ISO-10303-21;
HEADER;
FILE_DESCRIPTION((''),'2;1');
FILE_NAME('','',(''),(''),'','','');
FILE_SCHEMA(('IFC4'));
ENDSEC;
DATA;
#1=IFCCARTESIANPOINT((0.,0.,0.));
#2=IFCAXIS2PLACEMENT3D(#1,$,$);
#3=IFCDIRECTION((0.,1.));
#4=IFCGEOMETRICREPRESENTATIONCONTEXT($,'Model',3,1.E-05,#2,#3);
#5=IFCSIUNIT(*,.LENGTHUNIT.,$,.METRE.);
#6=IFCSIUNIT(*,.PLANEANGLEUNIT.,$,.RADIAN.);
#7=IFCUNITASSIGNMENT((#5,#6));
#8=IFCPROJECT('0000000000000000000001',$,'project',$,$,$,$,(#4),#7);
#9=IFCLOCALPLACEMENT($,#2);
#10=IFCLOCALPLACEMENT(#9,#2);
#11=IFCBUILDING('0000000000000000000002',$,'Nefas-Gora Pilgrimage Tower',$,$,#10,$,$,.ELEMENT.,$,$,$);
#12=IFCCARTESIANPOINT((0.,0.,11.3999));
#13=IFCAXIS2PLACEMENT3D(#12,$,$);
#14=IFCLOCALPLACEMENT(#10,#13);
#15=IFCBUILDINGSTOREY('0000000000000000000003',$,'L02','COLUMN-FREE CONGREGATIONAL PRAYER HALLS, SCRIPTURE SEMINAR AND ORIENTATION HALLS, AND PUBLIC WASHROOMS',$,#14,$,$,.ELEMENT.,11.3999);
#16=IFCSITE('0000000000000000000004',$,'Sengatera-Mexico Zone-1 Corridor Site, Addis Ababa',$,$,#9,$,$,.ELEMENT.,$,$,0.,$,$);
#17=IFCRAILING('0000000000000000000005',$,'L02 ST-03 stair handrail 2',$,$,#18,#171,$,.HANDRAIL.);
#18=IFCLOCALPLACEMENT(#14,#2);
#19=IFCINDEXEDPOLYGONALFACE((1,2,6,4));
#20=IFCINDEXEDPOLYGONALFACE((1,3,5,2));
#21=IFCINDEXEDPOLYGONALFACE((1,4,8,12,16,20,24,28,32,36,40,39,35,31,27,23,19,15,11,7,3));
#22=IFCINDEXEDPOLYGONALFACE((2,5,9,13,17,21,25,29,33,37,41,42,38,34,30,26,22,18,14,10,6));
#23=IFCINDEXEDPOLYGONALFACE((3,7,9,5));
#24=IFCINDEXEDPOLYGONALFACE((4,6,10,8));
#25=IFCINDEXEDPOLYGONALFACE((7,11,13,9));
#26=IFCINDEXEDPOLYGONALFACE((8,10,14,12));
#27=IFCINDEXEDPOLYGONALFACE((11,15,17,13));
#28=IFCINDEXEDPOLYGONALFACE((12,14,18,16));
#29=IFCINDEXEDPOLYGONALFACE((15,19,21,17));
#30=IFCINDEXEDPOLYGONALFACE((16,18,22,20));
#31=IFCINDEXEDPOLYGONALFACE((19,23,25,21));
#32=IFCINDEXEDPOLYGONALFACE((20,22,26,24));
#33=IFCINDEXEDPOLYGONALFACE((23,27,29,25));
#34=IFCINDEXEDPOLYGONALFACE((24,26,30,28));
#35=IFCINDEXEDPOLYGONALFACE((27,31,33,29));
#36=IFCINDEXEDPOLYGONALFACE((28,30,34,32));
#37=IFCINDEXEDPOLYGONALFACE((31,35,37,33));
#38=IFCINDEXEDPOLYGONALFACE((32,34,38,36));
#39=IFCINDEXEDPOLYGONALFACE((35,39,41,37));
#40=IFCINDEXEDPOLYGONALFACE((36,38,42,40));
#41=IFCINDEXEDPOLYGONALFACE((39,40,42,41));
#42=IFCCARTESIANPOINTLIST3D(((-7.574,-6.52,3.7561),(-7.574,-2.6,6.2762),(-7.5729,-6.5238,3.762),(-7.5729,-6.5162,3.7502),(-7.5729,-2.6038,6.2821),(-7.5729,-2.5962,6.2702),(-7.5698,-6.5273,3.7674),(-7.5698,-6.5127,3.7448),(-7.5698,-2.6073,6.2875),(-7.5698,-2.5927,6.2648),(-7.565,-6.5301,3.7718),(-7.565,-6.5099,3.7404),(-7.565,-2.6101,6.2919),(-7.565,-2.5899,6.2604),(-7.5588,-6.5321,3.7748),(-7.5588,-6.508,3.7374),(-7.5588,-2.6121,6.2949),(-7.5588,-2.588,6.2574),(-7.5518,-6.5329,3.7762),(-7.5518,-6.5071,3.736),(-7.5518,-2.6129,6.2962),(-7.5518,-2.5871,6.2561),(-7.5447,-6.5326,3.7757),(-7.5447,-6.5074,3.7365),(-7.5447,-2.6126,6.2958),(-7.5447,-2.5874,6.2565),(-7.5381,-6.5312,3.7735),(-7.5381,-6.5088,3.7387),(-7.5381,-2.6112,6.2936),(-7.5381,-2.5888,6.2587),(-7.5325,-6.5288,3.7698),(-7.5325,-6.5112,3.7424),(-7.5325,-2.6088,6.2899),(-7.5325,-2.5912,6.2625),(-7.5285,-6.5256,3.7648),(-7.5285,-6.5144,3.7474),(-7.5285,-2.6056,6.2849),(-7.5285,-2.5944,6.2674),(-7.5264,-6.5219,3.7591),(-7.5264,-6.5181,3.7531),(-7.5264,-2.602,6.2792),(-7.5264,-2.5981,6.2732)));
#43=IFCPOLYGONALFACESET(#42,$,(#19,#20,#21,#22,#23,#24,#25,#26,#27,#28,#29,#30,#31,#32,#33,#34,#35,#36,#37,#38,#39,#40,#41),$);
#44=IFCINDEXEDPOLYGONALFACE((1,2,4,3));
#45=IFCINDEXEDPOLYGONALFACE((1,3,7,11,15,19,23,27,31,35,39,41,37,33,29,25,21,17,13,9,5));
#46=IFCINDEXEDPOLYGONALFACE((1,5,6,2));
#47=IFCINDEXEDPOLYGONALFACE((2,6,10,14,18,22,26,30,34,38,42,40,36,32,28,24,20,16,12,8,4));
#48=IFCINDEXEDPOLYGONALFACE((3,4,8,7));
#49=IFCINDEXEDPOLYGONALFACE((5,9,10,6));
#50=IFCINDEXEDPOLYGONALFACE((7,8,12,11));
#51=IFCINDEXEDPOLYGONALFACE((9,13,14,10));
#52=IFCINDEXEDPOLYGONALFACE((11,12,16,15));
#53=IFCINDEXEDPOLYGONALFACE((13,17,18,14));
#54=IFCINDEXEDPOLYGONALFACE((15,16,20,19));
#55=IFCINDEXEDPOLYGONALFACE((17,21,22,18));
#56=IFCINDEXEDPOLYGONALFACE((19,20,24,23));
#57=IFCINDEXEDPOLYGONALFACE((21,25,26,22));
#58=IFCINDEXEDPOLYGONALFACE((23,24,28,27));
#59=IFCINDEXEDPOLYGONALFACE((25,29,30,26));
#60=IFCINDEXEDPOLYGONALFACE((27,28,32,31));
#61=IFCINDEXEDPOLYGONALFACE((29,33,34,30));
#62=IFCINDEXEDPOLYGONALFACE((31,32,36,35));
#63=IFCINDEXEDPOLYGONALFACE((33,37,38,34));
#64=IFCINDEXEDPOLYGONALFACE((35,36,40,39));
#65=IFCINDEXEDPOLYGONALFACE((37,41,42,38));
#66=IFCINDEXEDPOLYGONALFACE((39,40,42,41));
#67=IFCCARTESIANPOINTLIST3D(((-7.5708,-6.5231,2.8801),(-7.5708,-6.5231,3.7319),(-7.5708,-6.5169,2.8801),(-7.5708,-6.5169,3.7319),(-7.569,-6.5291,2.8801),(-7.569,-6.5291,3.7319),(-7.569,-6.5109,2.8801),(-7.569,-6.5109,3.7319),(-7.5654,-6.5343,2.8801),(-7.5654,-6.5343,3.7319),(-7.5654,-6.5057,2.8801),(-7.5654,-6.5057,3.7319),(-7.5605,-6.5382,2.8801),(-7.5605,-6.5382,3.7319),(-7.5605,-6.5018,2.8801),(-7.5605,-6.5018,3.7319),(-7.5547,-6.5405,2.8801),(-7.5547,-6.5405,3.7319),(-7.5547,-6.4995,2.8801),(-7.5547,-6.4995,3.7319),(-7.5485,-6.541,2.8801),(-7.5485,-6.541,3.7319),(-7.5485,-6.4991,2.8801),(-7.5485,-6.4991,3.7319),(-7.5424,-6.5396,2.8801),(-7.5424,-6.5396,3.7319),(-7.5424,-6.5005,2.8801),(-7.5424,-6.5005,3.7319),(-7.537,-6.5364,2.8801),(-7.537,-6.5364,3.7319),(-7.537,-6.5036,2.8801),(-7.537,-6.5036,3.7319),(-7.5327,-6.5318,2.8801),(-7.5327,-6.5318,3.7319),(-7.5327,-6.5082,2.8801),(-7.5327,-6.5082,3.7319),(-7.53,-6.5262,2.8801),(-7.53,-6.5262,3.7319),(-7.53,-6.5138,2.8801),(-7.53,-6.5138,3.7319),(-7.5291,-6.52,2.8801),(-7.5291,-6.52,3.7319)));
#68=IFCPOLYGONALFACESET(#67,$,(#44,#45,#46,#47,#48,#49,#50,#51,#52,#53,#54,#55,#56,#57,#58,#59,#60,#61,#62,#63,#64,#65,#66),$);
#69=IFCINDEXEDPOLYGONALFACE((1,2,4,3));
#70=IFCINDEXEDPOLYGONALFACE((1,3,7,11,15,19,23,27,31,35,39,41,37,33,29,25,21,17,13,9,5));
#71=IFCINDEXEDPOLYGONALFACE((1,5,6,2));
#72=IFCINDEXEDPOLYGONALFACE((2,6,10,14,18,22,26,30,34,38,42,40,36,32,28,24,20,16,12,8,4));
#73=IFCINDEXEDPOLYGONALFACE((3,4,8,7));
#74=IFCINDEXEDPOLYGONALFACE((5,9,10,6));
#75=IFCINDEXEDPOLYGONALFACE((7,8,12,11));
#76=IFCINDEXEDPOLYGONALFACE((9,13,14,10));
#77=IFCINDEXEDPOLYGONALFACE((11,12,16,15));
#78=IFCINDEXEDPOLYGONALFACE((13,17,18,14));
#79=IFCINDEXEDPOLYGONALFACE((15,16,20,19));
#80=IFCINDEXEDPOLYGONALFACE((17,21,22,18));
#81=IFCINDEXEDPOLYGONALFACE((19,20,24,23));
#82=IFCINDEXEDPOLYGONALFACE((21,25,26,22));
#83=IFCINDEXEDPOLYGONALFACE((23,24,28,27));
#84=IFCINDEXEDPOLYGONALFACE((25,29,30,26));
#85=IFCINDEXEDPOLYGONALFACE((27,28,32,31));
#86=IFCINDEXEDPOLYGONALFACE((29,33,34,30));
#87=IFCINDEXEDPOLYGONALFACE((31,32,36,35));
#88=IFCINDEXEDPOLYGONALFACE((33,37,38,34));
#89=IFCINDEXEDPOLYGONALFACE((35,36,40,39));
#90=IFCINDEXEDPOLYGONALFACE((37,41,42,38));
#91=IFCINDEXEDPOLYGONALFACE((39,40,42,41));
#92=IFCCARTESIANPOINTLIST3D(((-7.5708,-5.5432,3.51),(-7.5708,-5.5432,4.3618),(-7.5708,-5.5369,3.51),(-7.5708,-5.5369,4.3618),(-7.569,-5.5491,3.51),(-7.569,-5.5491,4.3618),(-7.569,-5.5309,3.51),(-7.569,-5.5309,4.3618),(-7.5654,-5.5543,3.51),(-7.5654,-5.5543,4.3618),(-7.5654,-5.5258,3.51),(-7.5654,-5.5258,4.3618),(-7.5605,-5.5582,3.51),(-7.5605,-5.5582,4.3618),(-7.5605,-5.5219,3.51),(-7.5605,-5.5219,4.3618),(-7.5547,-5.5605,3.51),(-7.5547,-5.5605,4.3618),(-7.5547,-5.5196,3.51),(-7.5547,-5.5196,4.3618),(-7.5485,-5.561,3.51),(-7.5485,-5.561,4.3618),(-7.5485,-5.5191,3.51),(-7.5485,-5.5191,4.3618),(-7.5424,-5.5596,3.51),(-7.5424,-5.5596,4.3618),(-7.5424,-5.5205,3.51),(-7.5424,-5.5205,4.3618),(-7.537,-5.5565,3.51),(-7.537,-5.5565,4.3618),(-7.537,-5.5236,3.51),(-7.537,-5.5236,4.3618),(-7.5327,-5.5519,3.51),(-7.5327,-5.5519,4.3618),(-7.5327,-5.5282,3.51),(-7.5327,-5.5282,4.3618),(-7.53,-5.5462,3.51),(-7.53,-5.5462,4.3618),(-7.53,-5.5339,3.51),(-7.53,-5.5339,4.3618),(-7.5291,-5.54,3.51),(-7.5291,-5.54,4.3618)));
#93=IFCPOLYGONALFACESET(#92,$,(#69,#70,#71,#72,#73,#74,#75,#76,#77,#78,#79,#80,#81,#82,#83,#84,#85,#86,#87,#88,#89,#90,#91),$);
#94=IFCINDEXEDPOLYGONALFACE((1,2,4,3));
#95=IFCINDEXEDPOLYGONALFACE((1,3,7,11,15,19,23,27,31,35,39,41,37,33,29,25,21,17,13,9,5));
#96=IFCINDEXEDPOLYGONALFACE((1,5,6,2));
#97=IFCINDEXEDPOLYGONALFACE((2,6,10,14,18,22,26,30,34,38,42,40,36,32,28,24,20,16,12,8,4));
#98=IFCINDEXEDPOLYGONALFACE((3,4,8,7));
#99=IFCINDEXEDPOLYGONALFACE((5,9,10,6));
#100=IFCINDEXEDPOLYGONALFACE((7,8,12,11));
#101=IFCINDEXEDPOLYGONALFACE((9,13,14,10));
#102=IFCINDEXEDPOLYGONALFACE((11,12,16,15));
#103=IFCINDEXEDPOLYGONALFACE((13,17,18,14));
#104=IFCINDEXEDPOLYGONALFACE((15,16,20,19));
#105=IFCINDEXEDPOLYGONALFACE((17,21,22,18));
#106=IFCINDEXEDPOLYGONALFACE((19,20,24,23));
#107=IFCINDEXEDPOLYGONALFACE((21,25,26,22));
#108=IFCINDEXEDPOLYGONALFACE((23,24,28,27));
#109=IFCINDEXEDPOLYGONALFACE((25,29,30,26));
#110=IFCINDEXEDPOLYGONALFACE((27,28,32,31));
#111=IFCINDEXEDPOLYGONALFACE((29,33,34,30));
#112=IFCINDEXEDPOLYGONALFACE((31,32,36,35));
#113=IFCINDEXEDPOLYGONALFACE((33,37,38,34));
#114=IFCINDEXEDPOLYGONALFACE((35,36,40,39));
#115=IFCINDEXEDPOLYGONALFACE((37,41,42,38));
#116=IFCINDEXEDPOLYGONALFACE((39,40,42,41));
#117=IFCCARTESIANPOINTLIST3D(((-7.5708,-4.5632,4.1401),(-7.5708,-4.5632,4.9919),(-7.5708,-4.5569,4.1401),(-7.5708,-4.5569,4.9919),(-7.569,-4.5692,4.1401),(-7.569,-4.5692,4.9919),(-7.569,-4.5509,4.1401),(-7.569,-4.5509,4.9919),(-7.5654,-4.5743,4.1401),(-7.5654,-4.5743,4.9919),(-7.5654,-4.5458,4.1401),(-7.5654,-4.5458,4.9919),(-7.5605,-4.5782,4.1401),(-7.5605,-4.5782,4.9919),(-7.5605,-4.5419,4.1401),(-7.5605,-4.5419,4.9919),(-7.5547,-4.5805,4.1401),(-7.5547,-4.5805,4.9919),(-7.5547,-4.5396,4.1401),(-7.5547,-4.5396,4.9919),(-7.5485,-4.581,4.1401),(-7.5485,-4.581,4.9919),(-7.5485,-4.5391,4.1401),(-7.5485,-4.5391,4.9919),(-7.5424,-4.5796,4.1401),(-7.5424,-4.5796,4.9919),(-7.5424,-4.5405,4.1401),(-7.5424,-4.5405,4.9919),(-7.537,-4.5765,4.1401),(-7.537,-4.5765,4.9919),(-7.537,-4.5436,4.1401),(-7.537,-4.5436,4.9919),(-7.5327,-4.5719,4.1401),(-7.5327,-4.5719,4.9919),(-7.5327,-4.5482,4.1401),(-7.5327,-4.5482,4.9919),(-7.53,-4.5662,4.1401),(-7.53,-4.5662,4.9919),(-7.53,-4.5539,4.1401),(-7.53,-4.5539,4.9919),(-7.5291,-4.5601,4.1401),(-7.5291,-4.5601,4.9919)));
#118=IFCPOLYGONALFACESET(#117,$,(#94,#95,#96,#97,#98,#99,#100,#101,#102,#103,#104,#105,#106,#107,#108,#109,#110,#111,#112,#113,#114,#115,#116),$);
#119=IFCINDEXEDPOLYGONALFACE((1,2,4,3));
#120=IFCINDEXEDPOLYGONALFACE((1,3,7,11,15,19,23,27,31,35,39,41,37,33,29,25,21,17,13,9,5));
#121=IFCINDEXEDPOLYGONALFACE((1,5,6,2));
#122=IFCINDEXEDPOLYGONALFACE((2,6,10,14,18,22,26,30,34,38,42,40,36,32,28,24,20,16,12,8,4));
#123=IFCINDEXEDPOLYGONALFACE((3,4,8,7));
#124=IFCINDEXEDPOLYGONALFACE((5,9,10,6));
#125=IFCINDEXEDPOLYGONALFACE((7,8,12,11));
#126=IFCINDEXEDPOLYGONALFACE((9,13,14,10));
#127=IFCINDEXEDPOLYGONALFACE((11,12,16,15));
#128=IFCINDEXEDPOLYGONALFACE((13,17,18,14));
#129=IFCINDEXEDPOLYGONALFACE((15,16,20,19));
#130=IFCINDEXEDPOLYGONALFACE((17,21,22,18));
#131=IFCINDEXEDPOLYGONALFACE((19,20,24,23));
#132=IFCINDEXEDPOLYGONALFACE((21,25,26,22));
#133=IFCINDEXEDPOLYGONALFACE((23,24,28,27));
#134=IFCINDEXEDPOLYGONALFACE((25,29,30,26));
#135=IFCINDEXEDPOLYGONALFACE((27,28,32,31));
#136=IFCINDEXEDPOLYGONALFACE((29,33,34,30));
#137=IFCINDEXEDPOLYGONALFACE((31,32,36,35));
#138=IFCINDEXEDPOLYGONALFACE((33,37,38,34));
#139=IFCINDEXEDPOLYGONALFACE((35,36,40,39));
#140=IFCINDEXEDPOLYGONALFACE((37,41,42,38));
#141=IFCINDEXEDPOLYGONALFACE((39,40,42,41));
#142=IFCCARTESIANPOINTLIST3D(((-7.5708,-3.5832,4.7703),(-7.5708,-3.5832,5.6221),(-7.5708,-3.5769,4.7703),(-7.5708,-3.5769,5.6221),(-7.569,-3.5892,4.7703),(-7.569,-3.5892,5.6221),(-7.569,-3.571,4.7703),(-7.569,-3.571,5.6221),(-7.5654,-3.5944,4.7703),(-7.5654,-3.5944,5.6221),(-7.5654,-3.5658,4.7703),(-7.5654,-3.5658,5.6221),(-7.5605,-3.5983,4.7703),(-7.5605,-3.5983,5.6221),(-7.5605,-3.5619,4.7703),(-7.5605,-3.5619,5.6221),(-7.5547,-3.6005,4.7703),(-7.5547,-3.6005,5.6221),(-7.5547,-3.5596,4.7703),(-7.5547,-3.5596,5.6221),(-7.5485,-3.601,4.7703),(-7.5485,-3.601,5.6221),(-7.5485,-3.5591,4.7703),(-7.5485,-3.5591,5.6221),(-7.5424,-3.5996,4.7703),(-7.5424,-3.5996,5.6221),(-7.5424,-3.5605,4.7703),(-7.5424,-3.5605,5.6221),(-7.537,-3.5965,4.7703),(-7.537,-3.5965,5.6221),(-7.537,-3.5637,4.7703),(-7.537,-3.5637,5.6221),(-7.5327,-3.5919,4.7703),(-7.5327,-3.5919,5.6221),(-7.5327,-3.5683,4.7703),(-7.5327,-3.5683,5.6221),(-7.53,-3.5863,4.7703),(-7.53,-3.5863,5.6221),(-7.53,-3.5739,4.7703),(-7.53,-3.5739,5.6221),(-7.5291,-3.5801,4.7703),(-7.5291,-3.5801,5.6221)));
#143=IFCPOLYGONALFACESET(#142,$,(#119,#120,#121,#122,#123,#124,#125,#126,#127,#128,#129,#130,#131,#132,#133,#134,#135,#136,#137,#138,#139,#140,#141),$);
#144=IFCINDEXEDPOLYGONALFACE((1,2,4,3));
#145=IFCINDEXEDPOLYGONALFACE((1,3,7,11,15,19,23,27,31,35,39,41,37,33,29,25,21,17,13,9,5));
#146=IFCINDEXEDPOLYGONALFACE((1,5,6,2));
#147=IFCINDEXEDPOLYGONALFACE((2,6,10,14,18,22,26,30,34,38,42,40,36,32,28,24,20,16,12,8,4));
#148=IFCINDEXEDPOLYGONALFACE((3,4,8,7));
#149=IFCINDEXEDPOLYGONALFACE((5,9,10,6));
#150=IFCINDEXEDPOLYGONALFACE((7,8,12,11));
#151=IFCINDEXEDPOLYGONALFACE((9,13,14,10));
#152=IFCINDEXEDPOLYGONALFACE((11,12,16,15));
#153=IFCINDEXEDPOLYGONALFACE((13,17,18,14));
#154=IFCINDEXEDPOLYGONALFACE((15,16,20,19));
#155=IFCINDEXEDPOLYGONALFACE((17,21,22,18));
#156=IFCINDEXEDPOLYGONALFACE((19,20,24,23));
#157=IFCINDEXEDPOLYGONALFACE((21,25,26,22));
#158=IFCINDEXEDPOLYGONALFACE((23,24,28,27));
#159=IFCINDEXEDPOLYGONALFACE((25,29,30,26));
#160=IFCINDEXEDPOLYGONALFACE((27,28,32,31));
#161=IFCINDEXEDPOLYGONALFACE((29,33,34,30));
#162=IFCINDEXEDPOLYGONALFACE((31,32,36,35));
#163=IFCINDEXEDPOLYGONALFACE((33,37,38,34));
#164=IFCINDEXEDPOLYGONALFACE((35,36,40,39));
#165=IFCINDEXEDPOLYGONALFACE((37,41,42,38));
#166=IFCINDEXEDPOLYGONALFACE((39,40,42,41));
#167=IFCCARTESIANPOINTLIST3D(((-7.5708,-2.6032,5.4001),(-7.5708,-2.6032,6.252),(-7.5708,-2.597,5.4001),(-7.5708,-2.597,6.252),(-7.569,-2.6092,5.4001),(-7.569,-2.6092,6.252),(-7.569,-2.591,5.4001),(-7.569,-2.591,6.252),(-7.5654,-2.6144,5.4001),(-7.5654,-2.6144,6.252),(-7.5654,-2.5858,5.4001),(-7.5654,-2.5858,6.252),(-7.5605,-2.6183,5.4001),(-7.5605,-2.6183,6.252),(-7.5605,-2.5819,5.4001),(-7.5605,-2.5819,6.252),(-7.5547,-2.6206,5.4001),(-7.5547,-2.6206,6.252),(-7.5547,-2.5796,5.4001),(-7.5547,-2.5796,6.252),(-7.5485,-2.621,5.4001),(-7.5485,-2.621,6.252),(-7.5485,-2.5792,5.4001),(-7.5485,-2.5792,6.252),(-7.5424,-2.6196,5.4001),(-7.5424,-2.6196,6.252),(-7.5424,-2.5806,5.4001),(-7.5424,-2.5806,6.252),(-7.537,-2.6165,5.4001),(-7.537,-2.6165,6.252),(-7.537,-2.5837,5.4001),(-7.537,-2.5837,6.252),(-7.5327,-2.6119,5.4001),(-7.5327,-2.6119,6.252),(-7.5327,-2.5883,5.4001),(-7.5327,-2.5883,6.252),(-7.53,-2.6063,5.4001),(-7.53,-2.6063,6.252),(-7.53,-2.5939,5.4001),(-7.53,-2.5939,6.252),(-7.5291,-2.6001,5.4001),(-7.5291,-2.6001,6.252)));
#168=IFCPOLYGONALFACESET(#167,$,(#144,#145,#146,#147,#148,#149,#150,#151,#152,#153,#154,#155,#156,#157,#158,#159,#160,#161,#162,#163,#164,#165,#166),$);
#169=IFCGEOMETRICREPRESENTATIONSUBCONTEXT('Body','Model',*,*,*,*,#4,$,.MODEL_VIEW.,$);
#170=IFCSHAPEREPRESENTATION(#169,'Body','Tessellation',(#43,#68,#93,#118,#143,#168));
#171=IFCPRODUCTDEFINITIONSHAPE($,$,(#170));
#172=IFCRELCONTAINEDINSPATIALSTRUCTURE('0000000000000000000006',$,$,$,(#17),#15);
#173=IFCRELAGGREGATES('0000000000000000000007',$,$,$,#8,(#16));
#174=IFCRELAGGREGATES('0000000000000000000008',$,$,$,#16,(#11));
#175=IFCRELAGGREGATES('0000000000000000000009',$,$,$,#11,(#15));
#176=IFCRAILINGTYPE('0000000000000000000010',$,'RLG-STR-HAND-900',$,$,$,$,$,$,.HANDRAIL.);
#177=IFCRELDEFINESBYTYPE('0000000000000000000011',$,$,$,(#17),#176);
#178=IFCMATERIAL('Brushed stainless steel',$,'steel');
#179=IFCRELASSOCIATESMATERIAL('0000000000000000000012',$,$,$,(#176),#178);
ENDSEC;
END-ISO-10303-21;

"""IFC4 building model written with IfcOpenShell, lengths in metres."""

from ifc_helpers import new_model, si_unit, direction, frame, origin, origin_2d, place, context, subcontext, project, spatial, circle, extrude, material, type_object, element, save


model = new_model("IFC4")

# Units and contexts
model_context = context("Model", 3, precision=1e-05, world=origin(), true_north=direction((0.0, 1.0)))
body_context = subcontext(model_context, "Body", "Model", "MODEL_VIEW")
ifc_project = project(units=[si_unit("LENGTHUNIT", "METRE"), si_unit("PLANEANGLEUNIT", "RADIAN")], contexts=[model_context])

# Site, building, storey
site_placement = place(None, origin())
site = spatial("IfcSite", under=ifc_project, at=site_placement, Name="Sengatera-Mexico Zone-1 Corridor Site, Addis Ababa", CompositionType="ELEMENT", RefElevation=0.0)
building_placement = place(site_placement, origin())
building = spatial("IfcBuilding", under=site, at=building_placement, Name="Nefas-Gora Pilgrimage Tower", CompositionType="ELEMENT")
storey_placement = place(building_placement, frame((0.0, 0.0, 11.3999)))
storey = spatial("IfcBuildingStorey", under=building, at=storey_placement, Name="L02", Description="COLUMN-FREE CONGREGATIONAL PRAYER HALLS, SCRIPTURE SEMINAR AND ORIENTATION HALLS, AND PUBLIC WASHROOMS", CompositionType="ELEMENT", Elevation=11.3999)

# Railing
ifc_material_1 = material(Name="Brushed stainless steel", Category="steel")
railing_type_1 = type_object("IfcRailingType", Name="RLG-STR-HAND-900", PredefinedType="HANDRAIL", material=ifc_material_1)
railing_1_placement = place(storey_placement, frame((-7.55, -6.52, 2.8801)))
element("IfcRailing", 1, at=railing_1_placement, inside=storey, type_object=railing_type_1, Name="L02 ST-03 stair handrail 2", PredefinedType="HANDRAIL", context=body_context, shape_type="SweptSolid", body=[
    extrude(circle(Radius=0.0239, at=origin_2d()), frame((0.0, 0.0, 0.876), z_axis=(0.0, 0.841172, 0.540768), x_axis=(-1.0, 0.0, 0.0)), (0.0, 0.0, 1.0), 4.6602),
    extrude(circle(Radius=0.021, at=origin_2d()), origin(), (0.0, 0.0, 1.0), 0.8518),
    extrude(circle(Radius=0.021, at=origin_2d()), frame((0.0, 0.98, 0.6299)), (0.0, 0.0, 1.0), 0.8518),
    extrude(circle(Radius=0.021, at=origin_2d()), frame((0.0, 1.96, 1.26)), (0.0, 0.0, 1.0), 0.8518),
    extrude(circle(Radius=0.021, at=origin_2d()), frame((0.0, 2.9399, 1.8901)), (0.0, 0.0, 1.0), 0.8518),
    extrude(circle(Radius=0.021, at=origin_2d()), frame((0.0, 3.9199, 2.52)), (0.0, 0.0, 1.0), 0.8518),
])

save(model, "model.ifc")
